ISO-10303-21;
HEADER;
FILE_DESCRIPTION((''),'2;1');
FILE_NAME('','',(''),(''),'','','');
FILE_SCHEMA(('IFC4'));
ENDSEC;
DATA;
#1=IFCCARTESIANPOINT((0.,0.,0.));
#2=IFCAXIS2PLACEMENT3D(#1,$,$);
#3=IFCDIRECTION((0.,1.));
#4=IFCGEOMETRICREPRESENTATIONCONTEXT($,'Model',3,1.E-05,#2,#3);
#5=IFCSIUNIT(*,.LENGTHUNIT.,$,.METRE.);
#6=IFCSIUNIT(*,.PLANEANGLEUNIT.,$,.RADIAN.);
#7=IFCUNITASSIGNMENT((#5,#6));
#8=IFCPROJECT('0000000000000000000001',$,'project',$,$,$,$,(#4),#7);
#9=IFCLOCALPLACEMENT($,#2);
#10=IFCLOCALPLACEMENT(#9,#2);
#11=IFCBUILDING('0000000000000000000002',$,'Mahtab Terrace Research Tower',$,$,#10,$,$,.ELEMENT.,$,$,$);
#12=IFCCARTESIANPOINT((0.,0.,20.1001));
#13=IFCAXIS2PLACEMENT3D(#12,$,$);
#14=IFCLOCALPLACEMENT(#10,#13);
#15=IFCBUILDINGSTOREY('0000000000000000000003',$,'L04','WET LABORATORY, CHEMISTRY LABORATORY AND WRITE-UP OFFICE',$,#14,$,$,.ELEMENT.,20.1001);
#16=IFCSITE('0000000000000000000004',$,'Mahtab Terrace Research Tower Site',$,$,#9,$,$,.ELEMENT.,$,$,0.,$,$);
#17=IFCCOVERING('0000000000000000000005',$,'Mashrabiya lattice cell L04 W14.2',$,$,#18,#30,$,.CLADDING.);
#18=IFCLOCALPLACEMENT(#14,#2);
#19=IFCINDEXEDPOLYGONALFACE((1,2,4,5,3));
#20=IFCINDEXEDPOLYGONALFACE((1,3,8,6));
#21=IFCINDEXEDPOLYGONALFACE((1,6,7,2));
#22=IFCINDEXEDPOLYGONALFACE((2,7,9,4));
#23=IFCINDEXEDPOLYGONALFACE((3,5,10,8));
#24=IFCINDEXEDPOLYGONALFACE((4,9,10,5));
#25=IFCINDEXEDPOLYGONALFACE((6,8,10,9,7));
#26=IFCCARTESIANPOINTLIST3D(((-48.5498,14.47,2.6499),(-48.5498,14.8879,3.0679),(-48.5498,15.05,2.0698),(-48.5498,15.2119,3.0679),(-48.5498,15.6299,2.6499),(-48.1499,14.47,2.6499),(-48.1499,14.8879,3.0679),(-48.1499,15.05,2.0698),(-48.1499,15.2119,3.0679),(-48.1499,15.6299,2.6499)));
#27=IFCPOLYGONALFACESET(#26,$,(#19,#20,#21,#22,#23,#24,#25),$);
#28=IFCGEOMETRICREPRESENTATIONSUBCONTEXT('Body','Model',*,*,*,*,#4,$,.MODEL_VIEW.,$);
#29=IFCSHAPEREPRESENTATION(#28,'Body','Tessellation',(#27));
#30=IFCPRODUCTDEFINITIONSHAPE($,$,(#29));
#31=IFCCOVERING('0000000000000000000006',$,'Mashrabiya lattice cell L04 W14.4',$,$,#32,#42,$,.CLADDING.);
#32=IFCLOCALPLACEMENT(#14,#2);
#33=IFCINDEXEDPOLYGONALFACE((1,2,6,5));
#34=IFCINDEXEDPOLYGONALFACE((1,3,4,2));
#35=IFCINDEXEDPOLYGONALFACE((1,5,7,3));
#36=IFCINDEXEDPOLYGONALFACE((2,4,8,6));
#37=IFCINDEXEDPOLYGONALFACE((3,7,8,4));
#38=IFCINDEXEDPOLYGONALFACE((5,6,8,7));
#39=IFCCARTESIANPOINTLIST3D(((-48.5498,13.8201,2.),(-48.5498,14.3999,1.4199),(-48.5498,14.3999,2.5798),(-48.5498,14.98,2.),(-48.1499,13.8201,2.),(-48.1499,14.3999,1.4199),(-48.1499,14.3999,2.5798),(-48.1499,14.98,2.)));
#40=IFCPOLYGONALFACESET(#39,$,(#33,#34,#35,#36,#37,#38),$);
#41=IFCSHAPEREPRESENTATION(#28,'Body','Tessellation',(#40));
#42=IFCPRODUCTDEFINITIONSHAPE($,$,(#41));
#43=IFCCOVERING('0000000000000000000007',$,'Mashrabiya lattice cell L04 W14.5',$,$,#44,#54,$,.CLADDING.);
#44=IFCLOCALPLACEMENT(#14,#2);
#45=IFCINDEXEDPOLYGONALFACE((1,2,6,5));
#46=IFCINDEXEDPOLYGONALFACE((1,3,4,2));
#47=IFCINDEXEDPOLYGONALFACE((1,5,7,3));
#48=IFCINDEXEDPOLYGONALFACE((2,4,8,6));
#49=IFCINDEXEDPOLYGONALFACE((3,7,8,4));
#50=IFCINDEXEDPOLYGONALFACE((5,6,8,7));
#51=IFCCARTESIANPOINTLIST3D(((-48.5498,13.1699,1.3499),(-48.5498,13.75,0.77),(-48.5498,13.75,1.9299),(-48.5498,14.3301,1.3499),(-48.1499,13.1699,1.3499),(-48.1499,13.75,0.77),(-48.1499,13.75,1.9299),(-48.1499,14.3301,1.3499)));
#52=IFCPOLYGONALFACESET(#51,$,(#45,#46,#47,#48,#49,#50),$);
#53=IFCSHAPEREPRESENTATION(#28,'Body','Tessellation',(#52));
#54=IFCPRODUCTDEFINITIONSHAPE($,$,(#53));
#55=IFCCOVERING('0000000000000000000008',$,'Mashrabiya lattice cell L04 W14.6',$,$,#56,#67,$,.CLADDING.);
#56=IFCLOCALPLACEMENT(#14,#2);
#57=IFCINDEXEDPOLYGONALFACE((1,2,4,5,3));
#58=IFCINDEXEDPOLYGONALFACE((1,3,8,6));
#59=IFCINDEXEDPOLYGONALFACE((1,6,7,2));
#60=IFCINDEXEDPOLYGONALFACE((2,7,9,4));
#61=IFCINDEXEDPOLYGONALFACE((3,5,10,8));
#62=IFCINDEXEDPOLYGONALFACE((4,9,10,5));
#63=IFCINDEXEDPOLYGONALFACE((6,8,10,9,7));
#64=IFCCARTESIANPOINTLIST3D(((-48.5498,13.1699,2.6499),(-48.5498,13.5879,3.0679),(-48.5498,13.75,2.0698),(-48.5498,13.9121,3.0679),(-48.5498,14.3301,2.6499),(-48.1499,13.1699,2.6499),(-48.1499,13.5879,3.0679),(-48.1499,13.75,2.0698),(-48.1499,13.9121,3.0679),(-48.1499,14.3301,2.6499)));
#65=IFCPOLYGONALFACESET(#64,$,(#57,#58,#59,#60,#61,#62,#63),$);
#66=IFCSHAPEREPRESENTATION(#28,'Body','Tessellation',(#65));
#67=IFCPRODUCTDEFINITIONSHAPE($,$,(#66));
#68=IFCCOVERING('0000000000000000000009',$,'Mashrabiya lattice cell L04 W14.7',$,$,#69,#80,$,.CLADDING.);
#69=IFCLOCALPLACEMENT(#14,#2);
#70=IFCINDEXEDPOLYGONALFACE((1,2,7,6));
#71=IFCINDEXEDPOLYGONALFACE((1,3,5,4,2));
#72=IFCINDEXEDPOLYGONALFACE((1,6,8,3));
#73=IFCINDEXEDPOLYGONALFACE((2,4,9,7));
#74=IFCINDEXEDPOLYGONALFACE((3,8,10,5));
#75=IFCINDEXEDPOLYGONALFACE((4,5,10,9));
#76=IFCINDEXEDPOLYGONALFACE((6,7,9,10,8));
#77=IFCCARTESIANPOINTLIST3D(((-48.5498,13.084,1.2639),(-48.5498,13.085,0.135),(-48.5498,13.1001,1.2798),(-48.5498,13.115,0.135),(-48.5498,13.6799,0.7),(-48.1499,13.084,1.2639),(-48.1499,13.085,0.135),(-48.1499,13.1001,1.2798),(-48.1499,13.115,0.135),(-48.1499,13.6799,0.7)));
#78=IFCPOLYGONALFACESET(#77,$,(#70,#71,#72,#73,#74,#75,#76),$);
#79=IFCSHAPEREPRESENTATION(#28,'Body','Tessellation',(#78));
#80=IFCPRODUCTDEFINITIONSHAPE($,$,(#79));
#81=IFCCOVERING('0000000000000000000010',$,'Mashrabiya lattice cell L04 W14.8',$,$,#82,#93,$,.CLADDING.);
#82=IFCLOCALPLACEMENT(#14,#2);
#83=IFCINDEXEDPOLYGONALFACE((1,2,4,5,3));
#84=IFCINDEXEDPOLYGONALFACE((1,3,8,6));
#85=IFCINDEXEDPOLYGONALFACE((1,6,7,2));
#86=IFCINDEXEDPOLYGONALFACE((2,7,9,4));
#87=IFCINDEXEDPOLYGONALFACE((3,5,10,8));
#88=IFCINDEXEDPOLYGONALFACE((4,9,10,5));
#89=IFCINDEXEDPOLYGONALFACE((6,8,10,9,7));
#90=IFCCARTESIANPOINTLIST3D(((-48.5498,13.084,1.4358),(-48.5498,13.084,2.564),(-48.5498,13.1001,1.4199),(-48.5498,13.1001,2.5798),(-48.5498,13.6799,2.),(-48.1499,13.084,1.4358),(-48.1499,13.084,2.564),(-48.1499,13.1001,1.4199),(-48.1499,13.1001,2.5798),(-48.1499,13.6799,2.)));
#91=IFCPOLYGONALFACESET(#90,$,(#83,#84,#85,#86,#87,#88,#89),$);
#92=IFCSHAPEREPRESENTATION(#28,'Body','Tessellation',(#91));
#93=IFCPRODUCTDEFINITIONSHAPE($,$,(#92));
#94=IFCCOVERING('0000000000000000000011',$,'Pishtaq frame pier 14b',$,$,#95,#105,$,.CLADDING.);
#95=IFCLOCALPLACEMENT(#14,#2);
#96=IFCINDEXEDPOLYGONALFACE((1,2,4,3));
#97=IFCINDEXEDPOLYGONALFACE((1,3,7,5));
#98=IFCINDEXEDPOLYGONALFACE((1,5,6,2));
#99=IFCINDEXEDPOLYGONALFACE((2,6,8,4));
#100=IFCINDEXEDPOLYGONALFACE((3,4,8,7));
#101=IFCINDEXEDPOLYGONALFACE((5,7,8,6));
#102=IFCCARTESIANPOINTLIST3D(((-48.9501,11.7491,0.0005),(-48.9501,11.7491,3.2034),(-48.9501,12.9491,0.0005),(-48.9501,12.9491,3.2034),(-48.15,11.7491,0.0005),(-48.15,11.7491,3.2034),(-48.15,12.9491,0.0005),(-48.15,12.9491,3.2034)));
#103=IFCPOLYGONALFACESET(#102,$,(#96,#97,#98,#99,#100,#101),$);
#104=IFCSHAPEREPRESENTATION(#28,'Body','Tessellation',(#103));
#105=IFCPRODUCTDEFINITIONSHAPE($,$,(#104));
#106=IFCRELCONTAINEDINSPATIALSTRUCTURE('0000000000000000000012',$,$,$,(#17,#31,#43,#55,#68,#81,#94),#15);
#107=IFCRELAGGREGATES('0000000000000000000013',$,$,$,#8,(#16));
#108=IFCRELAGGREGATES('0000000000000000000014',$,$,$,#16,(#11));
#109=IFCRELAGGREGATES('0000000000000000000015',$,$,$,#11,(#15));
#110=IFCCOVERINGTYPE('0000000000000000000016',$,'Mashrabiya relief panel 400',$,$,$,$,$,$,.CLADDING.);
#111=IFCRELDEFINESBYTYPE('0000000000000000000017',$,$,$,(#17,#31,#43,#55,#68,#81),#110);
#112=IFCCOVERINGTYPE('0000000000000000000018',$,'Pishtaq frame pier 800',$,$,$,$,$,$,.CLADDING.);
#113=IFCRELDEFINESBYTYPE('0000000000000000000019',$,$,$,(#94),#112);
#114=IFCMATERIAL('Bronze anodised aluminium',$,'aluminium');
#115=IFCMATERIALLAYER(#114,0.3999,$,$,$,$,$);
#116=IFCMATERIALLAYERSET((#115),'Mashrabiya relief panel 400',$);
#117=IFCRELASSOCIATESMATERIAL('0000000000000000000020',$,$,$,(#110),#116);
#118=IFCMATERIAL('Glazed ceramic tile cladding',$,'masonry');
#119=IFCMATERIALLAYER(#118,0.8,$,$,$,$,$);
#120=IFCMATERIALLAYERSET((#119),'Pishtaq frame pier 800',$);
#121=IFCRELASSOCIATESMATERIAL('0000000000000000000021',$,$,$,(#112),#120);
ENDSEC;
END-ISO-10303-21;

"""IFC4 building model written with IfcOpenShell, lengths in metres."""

from ifc_helpers import new_model, si_unit, direction, frame, origin, origin_2d, place, context, subcontext, project, spatial, polyline, rectangle, outline, extrude, material, layer, layer_set, type_object, element, save


model = new_model("IFC4")

# Units and contexts
model_context = context("Model", 3, precision=1e-05, world=origin(), true_north=direction((0.0, 1.0)))
body_context = subcontext(model_context, "Body", "Model", "MODEL_VIEW")
ifc_project = project(units=[si_unit("LENGTHUNIT", "METRE"), si_unit("PLANEANGLEUNIT", "RADIAN")], contexts=[model_context])

# Site, building, storey
site_placement = place(None, origin())
site = spatial("IfcSite", under=ifc_project, at=site_placement, Name="Mahtab Terrace Research Tower Site", CompositionType="ELEMENT", RefElevation=0.0)
building_placement = place(site_placement, origin())
building = spatial("IfcBuilding", under=site, at=building_placement, Name="Mahtab Terrace Research Tower", CompositionType="ELEMENT")
storey_placement = place(building_placement, frame((0.0, 0.0, 20.1001)))
storey = spatial("IfcBuildingStorey", under=building, at=storey_placement, Name="L04", Description="WET LABORATORY, CHEMISTRY LABORATORY AND WRITE-UP OFFICE", CompositionType="ELEMENT", Elevation=20.1001)

# Coverings
ifc_material_1 = material(Name="Bronze anodised aluminium", Category="aluminium")
ifc_layer_1 = layer(ifc_material_1, 0.3999)
ifc_layer_set_1 = layer_set([ifc_layer_1], Name="Mashrabiya relief panel 400")
covering_type_1 = type_object("IfcCoveringType", Name="Mashrabiya relief panel 400", PredefinedType="CLADDING", material=ifc_layer_set_1)
covering_1_placement = place(storey_placement, frame((-48.1499, 14.47, 2.6499), z_axis=(1.0, 0.0, 0.0), x_axis=(0.0, 0.707107, -0.707107)))
element("IfcCovering", 1, at=covering_1_placement, inside=storey, type_object=covering_type_1, Name="Mashrabiya lattice cell L04 W14.2", PredefinedType="CLADDING", context=body_context, shape_type="SweptSolid", body=[
    extrude(outline(polyline([(0.0, 0.0), (0.8204, 0.0), (0.8202, 0.8202), (0.2291, 0.8202), (0.0, 0.5911), (0.0, 0.0)])), origin(), (0.0, 0.0, -1.0), 0.3999),
])
covering_2_placement = place(storey_placement, frame((-48.1499, 14.3999, 2.5798), z_axis=(1.0, 0.0, 0.0), x_axis=(0.0, -0.707107, -0.707107)))
element("IfcCovering", 2, at=covering_2_placement, inside=storey, type_object=covering_type_1, Name="Mashrabiya lattice cell L04 W14.4", PredefinedType="CLADDING", context=body_context, shape_type="SweptSolid", body=[
    extrude(outline(polyline([(0.0, 0.0), (0.82, 0.0), (0.8202, 0.8202), (-0.0002, 0.8202), (0.0, 0.0)])), origin(), (0.0, 0.0, -1.0), 0.3999),
])
covering_3_placement = place(storey_placement, frame((-48.1499, 13.75, 1.9299), z_axis=(1.0, 0.0, 0.0), x_axis=(0.0, -0.707107, -0.707107)))
element("IfcCovering", 3, at=covering_3_placement, inside=storey, type_object=covering_type_1, Name="Mashrabiya lattice cell L04 W14.5", PredefinedType="CLADDING", context=body_context, shape_type="SweptSolid", body=[
    extrude(outline(polyline([(0.0, 0.0), (0.8204, 0.0), (0.8202, 0.8202), (0.0, 0.8204), (0.0, 0.0)])), origin(), (0.0, 0.0, -1.0), 0.3999),
])
covering_4_placement = place(storey_placement, frame((-48.1499, 13.1699, 2.6499), z_axis=(1.0, 0.0, 0.0), x_axis=(0.0, 0.707107, -0.707107)))
element("IfcCovering", 4, at=covering_4_placement, inside=storey, type_object=covering_type_1, Name="Mashrabiya lattice cell L04 W14.6", PredefinedType="CLADDING", context=body_context, shape_type="SweptSolid", body=[
    extrude(outline(polyline([(0.0, 0.0), (0.8204, 0.0), (0.8204, 0.8204), (0.2293, 0.8204), (0.0, 0.5911), (0.0, 0.0)])), origin(), (0.0, 0.0, -1.0), 0.3999),
])
covering_5_placement = place(storey_placement, frame((-48.1499, 13.6799, 0.7), z_axis=(1.0, 0.0, 0.0), x_axis=(0.0, -0.707107, 0.707107)))
element("IfcCovering", 5, at=covering_5_placement, inside=storey, type_object=covering_type_1, Name="Mashrabiya lattice cell L04 W14.7", PredefinedType="CLADDING", context=body_context, shape_type="SweptSolid", body=[
    extrude(outline(polyline([(0.0, 0.0), (0.82, 0.0), (0.8202, 0.0226), (0.0212, 0.8202), (0.0, 0.7989), (0.0, 0.0)])), origin(), (0.0, 0.0, -1.0), 0.3999),
])
covering_6_placement = place(storey_placement, frame((-48.1499, 13.1001, 1.4199), z_axis=(1.0, 0.0, 0.0), x_axis=(0.0, 0.706958, 0.707256)))
element("IfcCovering", 6, at=covering_6_placement, inside=storey, type_object=covering_type_1, Name="Mashrabiya lattice cell L04 W14.8", PredefinedType="CLADDING", context=body_context, shape_type="SweptSolid", body=[
    extrude(outline(polyline([(0.0, 0.0), (0.8202, 0.0), (0.8204, 0.82), (0.7977, 0.8202), (-0.0002, 0.0226), (0.0, 0.0)])), origin(), (0.0, 0.0, -1.0), 0.3999),
])
ifc_material_2 = material(Name="Glazed ceramic tile cladding", Category="masonry")
ifc_layer_2 = layer(ifc_material_2, 0.8)
ifc_layer_set_2 = layer_set([ifc_layer_2], Name="Pishtaq frame pier 800")
covering_type_2 = type_object("IfcCoveringType", Name="Pishtaq frame pier 800", PredefinedType="CLADDING", material=ifc_layer_set_2)
covering_7_placement = place(storey_placement, frame((-48.55, 12.3491, 0.0005), z_axis=(0.0, 0.0, 1.0), x_axis=(0.0, -1.0, 0.0)))
element("IfcCovering", 7, at=covering_7_placement, inside=storey, type_object=covering_type_2, Name="Pishtaq frame pier 14b", PredefinedType="CLADDING", context=body_context, shape_type="SweptSolid", body=[
    extrude(rectangle(XDim=1.2, YDim=0.8, at=origin_2d()), origin(), (0.0, 0.0, 1.0), 3.2029),
])

save(model, "model.ifc")
